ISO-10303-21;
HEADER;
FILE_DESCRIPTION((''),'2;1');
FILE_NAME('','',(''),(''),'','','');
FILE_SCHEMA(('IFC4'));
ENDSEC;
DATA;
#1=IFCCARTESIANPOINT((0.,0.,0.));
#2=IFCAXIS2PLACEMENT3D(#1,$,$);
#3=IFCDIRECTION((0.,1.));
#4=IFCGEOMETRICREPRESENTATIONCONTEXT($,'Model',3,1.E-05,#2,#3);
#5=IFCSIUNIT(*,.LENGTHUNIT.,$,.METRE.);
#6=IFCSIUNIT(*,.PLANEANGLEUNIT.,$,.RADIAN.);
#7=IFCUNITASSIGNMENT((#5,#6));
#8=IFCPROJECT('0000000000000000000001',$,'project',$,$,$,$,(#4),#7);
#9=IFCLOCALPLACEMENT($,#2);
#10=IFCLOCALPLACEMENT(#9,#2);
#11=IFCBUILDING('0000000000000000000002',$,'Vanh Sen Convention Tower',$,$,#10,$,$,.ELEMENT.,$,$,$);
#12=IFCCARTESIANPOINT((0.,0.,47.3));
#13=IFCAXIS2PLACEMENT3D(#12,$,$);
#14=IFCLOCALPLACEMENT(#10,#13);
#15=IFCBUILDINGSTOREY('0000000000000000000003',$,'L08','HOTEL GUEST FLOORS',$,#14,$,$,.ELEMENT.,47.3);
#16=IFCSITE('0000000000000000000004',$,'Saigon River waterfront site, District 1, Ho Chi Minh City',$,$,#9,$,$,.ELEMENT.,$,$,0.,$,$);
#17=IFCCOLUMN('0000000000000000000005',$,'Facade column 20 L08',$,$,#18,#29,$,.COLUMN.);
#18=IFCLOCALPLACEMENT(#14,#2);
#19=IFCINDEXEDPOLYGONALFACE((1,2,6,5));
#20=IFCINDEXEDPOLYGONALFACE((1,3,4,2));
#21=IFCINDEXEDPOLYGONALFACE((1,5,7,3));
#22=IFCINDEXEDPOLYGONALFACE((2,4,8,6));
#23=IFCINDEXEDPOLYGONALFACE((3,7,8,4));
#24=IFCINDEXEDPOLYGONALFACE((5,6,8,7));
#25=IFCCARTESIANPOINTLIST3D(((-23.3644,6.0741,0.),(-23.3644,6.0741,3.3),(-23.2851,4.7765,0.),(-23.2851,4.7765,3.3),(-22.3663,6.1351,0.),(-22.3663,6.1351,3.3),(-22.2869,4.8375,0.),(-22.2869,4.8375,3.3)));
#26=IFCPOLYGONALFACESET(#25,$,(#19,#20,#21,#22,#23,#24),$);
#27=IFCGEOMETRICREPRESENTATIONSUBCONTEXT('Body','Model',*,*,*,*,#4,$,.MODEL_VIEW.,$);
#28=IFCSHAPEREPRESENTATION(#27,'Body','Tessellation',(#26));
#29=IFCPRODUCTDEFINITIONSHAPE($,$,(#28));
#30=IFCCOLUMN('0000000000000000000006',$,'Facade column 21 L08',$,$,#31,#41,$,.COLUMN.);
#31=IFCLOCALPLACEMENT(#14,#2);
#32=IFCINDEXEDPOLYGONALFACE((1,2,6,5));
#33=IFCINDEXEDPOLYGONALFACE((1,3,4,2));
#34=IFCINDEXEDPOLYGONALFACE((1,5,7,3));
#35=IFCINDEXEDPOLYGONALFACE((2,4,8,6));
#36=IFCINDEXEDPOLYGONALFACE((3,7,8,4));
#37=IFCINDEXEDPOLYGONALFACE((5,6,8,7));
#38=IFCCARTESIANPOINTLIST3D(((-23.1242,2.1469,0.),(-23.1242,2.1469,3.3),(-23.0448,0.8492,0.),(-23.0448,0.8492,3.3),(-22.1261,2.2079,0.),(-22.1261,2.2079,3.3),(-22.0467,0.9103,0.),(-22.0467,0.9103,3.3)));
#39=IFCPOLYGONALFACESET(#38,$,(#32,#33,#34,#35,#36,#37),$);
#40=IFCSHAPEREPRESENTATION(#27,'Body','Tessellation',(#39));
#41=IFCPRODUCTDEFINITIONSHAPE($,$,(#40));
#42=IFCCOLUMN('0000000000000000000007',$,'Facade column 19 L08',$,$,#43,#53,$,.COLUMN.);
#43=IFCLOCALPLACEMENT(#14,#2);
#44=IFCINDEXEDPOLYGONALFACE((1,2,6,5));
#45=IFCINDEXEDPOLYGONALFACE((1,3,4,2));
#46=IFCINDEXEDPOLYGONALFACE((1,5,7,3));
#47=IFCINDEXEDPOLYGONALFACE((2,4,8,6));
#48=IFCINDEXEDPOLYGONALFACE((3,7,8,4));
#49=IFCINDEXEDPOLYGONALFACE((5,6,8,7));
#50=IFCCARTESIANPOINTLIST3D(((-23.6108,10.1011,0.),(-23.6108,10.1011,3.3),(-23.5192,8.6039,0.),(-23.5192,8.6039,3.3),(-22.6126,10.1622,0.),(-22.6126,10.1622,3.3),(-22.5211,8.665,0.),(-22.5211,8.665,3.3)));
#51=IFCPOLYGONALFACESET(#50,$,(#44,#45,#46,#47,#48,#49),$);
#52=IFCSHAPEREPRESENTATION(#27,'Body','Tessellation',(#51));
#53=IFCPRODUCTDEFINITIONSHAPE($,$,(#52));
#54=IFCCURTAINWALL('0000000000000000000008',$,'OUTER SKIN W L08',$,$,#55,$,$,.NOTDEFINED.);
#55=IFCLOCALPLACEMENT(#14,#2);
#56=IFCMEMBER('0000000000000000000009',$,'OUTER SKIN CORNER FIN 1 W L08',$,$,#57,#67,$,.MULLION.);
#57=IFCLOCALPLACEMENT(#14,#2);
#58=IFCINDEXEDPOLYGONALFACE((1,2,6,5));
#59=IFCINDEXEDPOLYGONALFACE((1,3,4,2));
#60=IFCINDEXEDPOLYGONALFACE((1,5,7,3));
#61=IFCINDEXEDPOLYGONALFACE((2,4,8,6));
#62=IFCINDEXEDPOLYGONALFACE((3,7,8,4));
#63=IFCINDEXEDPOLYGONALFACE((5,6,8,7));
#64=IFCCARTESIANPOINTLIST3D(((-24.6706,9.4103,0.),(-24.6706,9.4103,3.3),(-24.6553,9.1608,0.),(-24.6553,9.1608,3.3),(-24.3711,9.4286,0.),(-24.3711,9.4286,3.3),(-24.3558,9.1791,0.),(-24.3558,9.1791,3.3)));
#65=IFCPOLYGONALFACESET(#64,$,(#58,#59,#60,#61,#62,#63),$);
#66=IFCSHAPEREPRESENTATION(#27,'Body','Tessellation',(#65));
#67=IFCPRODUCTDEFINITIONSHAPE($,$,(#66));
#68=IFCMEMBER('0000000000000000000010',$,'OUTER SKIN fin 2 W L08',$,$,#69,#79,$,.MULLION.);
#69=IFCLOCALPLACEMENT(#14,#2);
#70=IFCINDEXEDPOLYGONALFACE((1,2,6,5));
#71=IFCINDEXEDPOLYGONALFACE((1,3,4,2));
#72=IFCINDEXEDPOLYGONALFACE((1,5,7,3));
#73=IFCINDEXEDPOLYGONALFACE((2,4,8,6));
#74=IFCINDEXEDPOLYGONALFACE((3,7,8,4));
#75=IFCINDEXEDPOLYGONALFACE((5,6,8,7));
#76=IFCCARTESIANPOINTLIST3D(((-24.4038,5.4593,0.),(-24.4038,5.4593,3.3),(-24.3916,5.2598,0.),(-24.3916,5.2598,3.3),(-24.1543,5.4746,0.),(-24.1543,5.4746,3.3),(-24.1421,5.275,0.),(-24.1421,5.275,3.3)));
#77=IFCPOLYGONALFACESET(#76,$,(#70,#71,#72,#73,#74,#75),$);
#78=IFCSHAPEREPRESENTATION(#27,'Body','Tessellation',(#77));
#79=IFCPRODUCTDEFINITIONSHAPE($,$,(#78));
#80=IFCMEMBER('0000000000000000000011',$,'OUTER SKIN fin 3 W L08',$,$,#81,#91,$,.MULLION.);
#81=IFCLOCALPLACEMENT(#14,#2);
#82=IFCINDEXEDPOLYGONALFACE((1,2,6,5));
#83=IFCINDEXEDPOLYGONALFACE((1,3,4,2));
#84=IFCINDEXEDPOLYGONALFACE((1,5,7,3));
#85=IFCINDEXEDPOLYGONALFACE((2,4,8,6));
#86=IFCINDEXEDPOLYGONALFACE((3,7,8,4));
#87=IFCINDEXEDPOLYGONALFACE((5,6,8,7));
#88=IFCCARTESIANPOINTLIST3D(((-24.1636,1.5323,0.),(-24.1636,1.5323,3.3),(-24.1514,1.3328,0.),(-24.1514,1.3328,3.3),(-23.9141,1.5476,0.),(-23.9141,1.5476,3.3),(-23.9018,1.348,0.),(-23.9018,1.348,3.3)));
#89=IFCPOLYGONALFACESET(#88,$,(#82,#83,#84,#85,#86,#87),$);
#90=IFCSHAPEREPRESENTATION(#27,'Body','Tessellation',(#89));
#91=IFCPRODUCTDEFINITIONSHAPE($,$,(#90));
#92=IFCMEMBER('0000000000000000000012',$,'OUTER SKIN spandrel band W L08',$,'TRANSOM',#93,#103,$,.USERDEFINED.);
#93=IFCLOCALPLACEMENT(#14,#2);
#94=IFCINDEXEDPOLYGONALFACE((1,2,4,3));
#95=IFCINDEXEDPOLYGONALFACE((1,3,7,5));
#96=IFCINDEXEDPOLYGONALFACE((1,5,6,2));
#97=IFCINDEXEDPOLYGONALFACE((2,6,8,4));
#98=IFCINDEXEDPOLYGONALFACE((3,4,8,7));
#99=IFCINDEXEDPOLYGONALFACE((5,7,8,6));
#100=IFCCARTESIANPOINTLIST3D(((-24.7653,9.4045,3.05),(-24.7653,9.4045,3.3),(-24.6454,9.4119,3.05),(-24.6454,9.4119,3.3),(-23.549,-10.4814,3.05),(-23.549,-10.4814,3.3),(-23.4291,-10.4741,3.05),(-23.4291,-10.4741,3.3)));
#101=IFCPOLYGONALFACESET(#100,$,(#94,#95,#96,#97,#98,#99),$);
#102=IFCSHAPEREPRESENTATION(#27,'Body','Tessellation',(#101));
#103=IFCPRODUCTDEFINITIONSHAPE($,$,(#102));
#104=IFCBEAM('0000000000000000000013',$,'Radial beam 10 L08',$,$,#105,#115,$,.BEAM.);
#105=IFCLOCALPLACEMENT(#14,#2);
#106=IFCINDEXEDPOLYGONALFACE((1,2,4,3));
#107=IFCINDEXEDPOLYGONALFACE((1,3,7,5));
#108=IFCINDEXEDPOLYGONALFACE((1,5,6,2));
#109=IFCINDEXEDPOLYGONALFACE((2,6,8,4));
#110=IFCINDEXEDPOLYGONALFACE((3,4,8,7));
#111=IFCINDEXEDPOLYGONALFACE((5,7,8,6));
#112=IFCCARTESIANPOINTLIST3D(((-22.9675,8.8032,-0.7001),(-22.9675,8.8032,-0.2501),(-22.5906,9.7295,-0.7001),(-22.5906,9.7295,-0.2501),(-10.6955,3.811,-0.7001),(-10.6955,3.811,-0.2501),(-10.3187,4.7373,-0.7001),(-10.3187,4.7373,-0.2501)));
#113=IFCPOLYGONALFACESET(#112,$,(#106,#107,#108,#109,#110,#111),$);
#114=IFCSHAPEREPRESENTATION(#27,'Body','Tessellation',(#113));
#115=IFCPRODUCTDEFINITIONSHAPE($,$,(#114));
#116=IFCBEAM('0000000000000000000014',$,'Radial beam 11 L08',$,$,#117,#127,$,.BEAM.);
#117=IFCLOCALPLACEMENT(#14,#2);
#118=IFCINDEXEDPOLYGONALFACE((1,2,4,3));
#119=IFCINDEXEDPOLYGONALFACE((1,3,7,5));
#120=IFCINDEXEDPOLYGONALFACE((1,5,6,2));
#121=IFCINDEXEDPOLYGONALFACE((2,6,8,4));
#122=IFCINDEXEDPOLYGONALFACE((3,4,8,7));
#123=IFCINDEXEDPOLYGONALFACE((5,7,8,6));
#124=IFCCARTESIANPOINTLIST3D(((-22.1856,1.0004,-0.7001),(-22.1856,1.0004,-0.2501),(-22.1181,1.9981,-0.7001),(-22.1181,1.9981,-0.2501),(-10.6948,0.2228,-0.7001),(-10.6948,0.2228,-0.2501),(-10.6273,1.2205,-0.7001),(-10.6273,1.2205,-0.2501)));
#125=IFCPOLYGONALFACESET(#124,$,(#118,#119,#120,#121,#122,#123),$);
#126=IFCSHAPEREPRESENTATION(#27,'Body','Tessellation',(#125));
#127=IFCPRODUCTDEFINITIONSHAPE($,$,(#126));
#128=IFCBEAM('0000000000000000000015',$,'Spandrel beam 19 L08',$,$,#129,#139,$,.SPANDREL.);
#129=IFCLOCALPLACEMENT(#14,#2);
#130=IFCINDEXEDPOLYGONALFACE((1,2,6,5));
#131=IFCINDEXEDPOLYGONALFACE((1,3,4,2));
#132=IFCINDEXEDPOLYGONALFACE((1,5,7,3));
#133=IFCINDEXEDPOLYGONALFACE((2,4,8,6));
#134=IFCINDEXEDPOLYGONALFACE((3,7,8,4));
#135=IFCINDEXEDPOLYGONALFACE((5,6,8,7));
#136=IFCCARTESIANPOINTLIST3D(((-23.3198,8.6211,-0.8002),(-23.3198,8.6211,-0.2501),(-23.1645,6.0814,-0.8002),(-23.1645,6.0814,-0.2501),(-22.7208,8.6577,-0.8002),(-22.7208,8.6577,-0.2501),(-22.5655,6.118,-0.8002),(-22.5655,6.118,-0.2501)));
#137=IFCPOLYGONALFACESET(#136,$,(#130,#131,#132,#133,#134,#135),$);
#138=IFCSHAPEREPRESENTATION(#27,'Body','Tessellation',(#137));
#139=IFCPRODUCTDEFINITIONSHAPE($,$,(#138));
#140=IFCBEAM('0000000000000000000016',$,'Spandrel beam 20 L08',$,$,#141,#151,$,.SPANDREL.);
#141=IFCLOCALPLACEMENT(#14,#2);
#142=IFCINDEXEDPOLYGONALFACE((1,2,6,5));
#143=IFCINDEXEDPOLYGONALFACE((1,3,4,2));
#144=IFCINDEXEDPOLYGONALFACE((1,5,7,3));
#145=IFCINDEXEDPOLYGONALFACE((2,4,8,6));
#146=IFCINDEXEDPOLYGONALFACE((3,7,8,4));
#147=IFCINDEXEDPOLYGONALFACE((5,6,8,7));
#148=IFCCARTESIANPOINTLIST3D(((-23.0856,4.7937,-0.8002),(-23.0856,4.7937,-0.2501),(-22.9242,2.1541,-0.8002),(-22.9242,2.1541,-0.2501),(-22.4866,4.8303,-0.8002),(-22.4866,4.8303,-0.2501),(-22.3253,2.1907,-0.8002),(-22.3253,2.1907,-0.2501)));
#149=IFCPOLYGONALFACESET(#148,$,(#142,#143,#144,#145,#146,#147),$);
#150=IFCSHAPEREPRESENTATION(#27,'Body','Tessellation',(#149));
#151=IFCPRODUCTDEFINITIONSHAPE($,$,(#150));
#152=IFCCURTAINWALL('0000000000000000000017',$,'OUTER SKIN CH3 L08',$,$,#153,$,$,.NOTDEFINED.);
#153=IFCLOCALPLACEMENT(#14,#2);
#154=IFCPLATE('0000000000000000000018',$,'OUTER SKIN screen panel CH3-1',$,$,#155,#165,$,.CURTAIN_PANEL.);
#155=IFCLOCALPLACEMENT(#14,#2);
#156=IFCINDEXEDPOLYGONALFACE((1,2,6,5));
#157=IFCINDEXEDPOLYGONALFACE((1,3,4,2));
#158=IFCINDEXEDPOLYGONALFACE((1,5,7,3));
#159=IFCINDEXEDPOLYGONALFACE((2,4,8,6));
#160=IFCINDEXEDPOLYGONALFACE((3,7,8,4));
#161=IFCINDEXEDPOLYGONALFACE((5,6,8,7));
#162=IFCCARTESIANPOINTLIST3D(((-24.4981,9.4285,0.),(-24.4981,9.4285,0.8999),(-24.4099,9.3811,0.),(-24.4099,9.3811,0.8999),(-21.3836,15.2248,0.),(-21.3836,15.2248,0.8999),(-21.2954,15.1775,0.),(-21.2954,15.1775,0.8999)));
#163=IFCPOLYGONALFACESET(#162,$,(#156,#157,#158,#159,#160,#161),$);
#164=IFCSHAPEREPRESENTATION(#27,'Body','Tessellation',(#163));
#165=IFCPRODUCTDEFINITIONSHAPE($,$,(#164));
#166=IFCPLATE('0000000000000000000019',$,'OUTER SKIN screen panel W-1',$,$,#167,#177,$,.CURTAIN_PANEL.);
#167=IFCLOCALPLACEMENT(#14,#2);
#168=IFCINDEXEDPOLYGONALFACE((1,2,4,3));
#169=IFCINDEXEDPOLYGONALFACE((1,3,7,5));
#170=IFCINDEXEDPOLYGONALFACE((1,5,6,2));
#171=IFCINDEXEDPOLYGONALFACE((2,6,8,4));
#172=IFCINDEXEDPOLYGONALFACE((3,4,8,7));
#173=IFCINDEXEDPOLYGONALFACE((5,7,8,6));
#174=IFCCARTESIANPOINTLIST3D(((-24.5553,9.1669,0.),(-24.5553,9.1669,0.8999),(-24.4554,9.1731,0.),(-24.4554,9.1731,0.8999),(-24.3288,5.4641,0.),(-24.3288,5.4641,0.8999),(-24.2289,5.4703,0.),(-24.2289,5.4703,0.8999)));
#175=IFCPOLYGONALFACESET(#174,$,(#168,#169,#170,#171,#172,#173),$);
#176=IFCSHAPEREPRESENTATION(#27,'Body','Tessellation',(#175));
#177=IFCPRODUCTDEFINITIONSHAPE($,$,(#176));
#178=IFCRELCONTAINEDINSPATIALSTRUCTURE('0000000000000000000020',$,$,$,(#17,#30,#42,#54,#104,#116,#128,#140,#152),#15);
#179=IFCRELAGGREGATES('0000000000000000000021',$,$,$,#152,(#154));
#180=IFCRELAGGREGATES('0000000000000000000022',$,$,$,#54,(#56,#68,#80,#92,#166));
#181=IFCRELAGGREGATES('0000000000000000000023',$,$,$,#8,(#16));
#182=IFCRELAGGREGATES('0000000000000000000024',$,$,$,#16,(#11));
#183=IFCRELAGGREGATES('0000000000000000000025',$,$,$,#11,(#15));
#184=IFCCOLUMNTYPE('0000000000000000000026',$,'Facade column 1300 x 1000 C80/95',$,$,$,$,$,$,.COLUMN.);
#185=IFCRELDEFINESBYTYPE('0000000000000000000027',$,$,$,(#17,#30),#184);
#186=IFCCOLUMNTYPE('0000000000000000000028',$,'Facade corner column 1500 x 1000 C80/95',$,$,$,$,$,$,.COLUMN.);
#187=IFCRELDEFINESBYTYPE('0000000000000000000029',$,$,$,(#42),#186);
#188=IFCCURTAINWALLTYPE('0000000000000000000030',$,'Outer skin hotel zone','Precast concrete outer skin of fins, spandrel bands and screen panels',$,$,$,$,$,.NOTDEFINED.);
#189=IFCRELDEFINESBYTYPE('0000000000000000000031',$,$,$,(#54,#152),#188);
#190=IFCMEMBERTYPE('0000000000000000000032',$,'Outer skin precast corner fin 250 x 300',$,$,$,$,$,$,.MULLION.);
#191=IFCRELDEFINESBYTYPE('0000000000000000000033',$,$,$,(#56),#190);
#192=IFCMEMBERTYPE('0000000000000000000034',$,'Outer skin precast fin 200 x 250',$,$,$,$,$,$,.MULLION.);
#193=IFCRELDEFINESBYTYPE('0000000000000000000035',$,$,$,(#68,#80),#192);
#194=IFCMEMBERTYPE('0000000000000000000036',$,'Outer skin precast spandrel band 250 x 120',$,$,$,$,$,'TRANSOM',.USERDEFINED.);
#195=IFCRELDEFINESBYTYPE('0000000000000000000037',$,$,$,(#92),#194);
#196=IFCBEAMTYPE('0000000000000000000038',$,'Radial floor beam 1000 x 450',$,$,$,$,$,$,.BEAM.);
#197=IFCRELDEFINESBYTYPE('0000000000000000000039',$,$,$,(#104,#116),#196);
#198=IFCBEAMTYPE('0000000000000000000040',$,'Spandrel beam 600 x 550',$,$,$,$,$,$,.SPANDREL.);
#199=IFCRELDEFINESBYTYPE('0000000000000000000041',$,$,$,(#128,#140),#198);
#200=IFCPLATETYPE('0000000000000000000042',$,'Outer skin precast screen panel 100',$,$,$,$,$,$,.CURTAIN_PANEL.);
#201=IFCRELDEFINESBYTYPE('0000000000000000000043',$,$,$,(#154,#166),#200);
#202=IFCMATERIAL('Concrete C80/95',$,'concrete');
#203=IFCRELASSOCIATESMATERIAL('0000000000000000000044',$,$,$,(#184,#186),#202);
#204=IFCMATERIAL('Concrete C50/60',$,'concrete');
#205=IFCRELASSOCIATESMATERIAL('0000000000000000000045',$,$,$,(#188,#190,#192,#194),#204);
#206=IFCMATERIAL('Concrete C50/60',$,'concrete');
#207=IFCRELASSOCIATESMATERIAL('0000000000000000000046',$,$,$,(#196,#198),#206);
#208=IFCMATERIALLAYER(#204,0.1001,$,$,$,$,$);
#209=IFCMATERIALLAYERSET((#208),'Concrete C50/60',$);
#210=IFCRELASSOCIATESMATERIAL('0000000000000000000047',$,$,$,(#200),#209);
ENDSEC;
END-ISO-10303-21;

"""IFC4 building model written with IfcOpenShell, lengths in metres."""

from ifc_helpers import new_model, si_unit, direction, frame, origin, origin_2d, place, context, subcontext, project, spatial, rectangle, extrude, material, layer, layer_set, material_profile, profile_set, type_object, element, aggregate, save


model = new_model("IFC4")

# Units and contexts
model_context = context("Model", 3, precision=1e-05, world=origin(), true_north=direction((0.0, 1.0)))
body_context = subcontext(model_context, "Body", "Model", "MODEL_VIEW")
ifc_project = project(units=[si_unit("LENGTHUNIT", "METRE"), si_unit("PLANEANGLEUNIT", "RADIAN")], contexts=[model_context])

# Site, building, storey
site_placement = place(None, origin())
site = spatial("IfcSite", under=ifc_project, at=site_placement, Name="Saigon River waterfront site, District 1, Ho Chi Minh City", CompositionType="ELEMENT", RefElevation=0.0)
building_placement = place(site_placement, origin())
building = spatial("IfcBuilding", under=site, at=building_placement, Name="Vanh Sen Convention Tower", CompositionType="ELEMENT")
storey_placement = place(building_placement, frame((0.0, 0.0, 47.3)))
storey = spatial("IfcBuildingStorey", under=building, at=storey_placement, Name="L08", Description="HOTEL GUEST FLOORS", CompositionType="ELEMENT", Elevation=47.3)

# Columns
ifc_material_1 = material(Name="Concrete C80/95", Category="concrete")
ifc_material_profile_1 = material_profile(ifc_material_1, rectangle(XDim=1.3, YDim=1.0, at=origin_2d()), Name="RC 1300X1000")
ifc_profile_set_1 = profile_set([ifc_material_profile_1], Name="Concrete C80/95")
column_type_1 = type_object("IfcColumnType", Name="Facade column 1300 x 1000 C80/95", PredefinedType="COLUMN", material=ifc_profile_set_1)
for number, where, z_axis, x_axis, name in (
    (1, (-22.8257, 5.4558, 0.0), (0.0, 0.0, 1.0), (0.061049, -0.998135, 0.0), "Facade column 20 L08"),
    (2, (-22.5854, 1.5286, 0.0), (0.0, 0.0, 1.0), (0.061049, -0.998135, 0.0), "Facade column 21 L08"),
):
    element("IfcColumn", number, at=place(storey_placement, frame(where, z_axis=z_axis, x_axis=x_axis)), inside=storey, type_object=column_type_1, Name=name, PredefinedType="COLUMN", context=body_context, shape_type="SweptSolid", body=[
        extrude(rectangle(XDim=1.3, YDim=1.0, at=origin_2d()), origin(), (0.0, 0.0, 1.0), 3.3),
    ])
ifc_material_profile_2 = material_profile(ifc_material_1, rectangle(XDim=1.5, YDim=1.0, at=origin_2d()), Name="RC 1500X1000")
ifc_profile_set_2 = profile_set([ifc_material_profile_2], Name="Concrete C80/95")
column_type_2 = type_object("IfcColumnType", Name="Facade corner column 1500 x 1000 C80/95", PredefinedType="COLUMN", material=ifc_profile_set_2)
column_placement = place(storey_placement, frame((-23.0659, 9.3831, 0.0), z_axis=(0.0, 0.0, 1.0), x_axis=(0.061049, -0.998135, 0.0)))
element("IfcColumn", 3, at=column_placement, inside=storey, type_object=column_type_2, Name="Facade column 19 L08", PredefinedType="COLUMN", context=body_context, shape_type="SweptSolid", body=[
    extrude(rectangle(XDim=1.5, YDim=1.0, at=origin_2d()), origin(), (0.0, 0.0, 1.0), 3.3),
])

# Curtain wall, members
ifc_material_2 = material(Name="Concrete C50/60", Category="concrete")
curtain_wall_type = type_object("IfcCurtainWallType", Name="Outer skin hotel zone", Description="Precast concrete outer skin of fins, spandrel bands and screen panels", PredefinedType="NOTDEFINED", material=ifc_material_2)
curtain_wall_1_placement = place(storey_placement, origin())
curtain_wall_1 = element("IfcCurtainWall", 4, at=curtain_wall_1_placement, inside=storey, type_object=curtain_wall_type, Name="OUTER SKIN W L08", PredefinedType="NOTDEFINED")
ifc_material_profile_3 = material_profile(ifc_material_2, rectangle(XDim=0.25, YDim=0.3, at=origin_2d()), Name="Outer skin precast corner fin 250 x 300")
ifc_profile_set_3 = profile_set([ifc_material_profile_3], Name="Concrete C50/60")
member_type_1 = type_object("IfcMemberType", Name="Outer skin precast corner fin 250 x 300", PredefinedType="MULLION", material=ifc_profile_set_3)
member_1_placement = place(storey_placement, frame((-24.5132, 9.2947, 0.0), z_axis=(0.0, 0.0, 1.0), x_axis=(0.061049, -0.998135, 0.0)))
member_1 = element("IfcMember", 5, at=member_1_placement, type_object=member_type_1, Name="OUTER SKIN CORNER FIN 1 W L08", PredefinedType="MULLION", context=body_context, shape_type="SweptSolid", body=[
    extrude(rectangle(XDim=0.25, YDim=0.3, at=origin_2d()), origin(), (0.0, 0.0, 1.0), 3.3),
])
ifc_material_profile_4 = material_profile(ifc_material_2, rectangle(XDim=0.2, YDim=0.25, at=origin_2d()), Name="Outer skin precast fin 200 x 250")
ifc_profile_set_4 = profile_set([ifc_material_profile_4], Name="Concrete C50/60")
member_type_2 = type_object("IfcMemberType", Name="Outer skin precast fin 200 x 250", PredefinedType="MULLION", material=ifc_profile_set_4)
member_2_placement = place(storey_placement, frame((-24.2729, 5.3672, 0.0), z_axis=(0.0, 0.0, 1.0), x_axis=(0.061049, -0.998135, 0.0)))
member_2 = element("IfcMember", 6, at=member_2_placement, type_object=member_type_2, Name="OUTER SKIN fin 2 W L08", PredefinedType="MULLION", context=body_context, shape_type="SweptSolid", body=[
    extrude(rectangle(XDim=0.2, YDim=0.25, at=origin_2d()), origin(), (0.0, 0.0, 1.0), 3.3),
])
member_3_placement = place(storey_placement, frame((-24.0327, 1.4402, 0.0), z_axis=(0.0, 0.0, 1.0), x_axis=(0.061049, -0.998135, 0.0)))
member_3 = element("IfcMember", 7, at=member_3_placement, type_object=member_type_2, Name="OUTER SKIN fin 3 W L08", PredefinedType="MULLION", context=body_context, shape_type="SweptSolid", body=[
    extrude(rectangle(XDim=0.2, YDim=0.25, at=origin_2d()), origin(), (0.0, 0.0, 1.0), 3.3),
])
ifc_material_profile_5 = material_profile(ifc_material_2, rectangle(XDim=0.1201, YDim=0.25, at=origin_2d()), Name="Outer skin precast spandrel band 250 x 120")
ifc_profile_set_5 = profile_set([ifc_material_profile_5], Name="Concrete C50/60")
member_type_3 = type_object("IfcMemberType", Name="Outer skin precast spandrel band 250 x 120", ElementType="TRANSOM", PredefinedType="USERDEFINED", material=ifc_profile_set_5)
member_4_placement = place(storey_placement, frame((-24.7053, 9.4082, 3.175), z_axis=(0.06105, -0.998135, 0.0), x_axis=(0.998135, 0.06105, 0.0)))
member_4 = element("IfcMember", 8, at=member_4_placement, type_object=member_type_3, Name="OUTER SKIN spandrel band W L08", ObjectType="TRANSOM", PredefinedType="USERDEFINED", context=body_context, shape_type="SweptSolid", body=[
    extrude(rectangle(XDim=0.1201, YDim=0.25, at=origin_2d()), origin(), (0.0, 0.0, 1.0), 19.9231),
])

# Beams
ifc_material_3 = material(Name="Concrete C50/60", Category="concrete")
ifc_material_profile_6 = material_profile(ifc_material_3, rectangle(XDim=1.0, YDim=0.45, at=origin_2d()), Name="RC 1000X450")
ifc_profile_set_6 = profile_set([ifc_material_profile_6], Name="Concrete C50/60")
beam_type_1 = type_object("IfcBeamType", Name="Radial floor beam 1000 x 450", PredefinedType="BEAM", material=ifc_profile_set_6)
beam_1_placement = place(storey_placement, frame((-22.7791, 9.2664, -0.4751), z_axis=(0.92629, -0.376811, 0.0), x_axis=(0.376811, 0.92629, 0.0)))
element("IfcBeam", 9, at=beam_1_placement, inside=storey, type_object=beam_type_1, Name="Radial beam 10 L08", PredefinedType="BEAM", context=body_context, shape_type="SweptSolid", body=[
    extrude(rectangle(XDim=1.0, YDim=0.45, at=origin_2d()), origin(), (0.0, 0.0, 1.0), 13.2485),
])
beam_2_placement = place(storey_placement, frame((-22.1519, 1.4993, -0.4751), z_axis=(0.997718, -0.067517, 0.0), x_axis=(0.067517, 0.997718, 0.0)))
element("IfcBeam", 10, at=beam_2_placement, inside=storey, type_object=beam_type_1, Name="Radial beam 11 L08", PredefinedType="BEAM", context=body_context, shape_type="SweptSolid", body=[
    extrude(rectangle(XDim=1.0, YDim=0.45, at=origin_2d()), origin(), (0.0, 0.0, 1.0), 11.5171),
])
ifc_material_profile_7 = material_profile(ifc_material_3, rectangle(XDim=0.6001, YDim=0.55, at=origin_2d()), Name="RC 600X550")
ifc_profile_set_7 = profile_set([ifc_material_profile_7], Name="Concrete C50/60")
beam_type_2 = type_object("IfcBeamType", Name="Spandrel beam 600 x 550", PredefinedType="SPANDREL", material=ifc_profile_set_7)
beam_3_placement = place(storey_placement, frame((-23.0203, 8.6394, -0.5251), z_axis=(0.061022, -0.998136, 0.0), x_axis=(0.998136, 0.061022, 0.0)))
element("IfcBeam", 11, at=beam_3_placement, inside=storey, type_object=beam_type_2, Name="Spandrel beam 19 L08", PredefinedType="SPANDREL", context=body_context, shape_type="SweptSolid", body=[
    extrude(rectangle(XDim=0.6001, YDim=0.55, at=origin_2d()), origin(), (0.0, 0.0, 1.0), 2.5444),
])
beam_4_placement = place(storey_placement, frame((-22.7861, 4.812, -0.5251), z_axis=(0.061022, -0.998136, 0.0), x_axis=(0.998136, 0.061022, 0.0)))
element("IfcBeam", 12, at=beam_4_placement, inside=storey, type_object=beam_type_2, Name="Spandrel beam 20 L08", PredefinedType="SPANDREL", context=body_context, shape_type="SweptSolid", body=[
    extrude(rectangle(XDim=0.6001, YDim=0.55, at=origin_2d()), origin(), (0.0, 0.0, 1.0), 2.6445),
])

# Curtain wall, plate
curtain_wall_2_placement = place(storey_placement, origin())
curtain_wall_2 = element("IfcCurtainWall", 13, at=curtain_wall_2_placement, inside=storey, type_object=curtain_wall_type, Name="OUTER SKIN CH3 L08", PredefinedType="NOTDEFINED")
ifc_layer_1 = layer(ifc_material_2, 0.1001)
ifc_layer_set_1 = layer_set([ifc_layer_1], Name="Concrete C50/60")
plate_type = type_object("IfcPlateType", Name="Outer skin precast screen panel 100", PredefinedType="CURTAIN_PANEL", material=ifc_layer_set_1)
plate_1_placement = place(storey_placement, frame((-22.8967, 12.303, 0.0), z_axis=(0.0, 0.0, 1.0), x_axis=(-0.473318, -0.880892, 0.0)))
plate_1 = element("IfcPlate", 14, at=plate_1_placement, type_object=plate_type, Name="OUTER SKIN screen panel CH3-1", PredefinedType="CURTAIN_PANEL", context=body_context, shape_type="SweptSolid", body=[
    extrude(rectangle(XDim=6.5801, YDim=0.1001, at=origin_2d()), origin(), (0.0, 0.0, 1.0), 0.8999),
])
aggregate(curtain_wall_2, [plate_1])

# Plate
plate_2_placement = place(storey_placement, frame((-24.3921, 7.3186, 0.0), z_axis=(0.0, 0.0, 1.0), x_axis=(0.061047, -0.998135, 0.0)))
plate_2 = element("IfcPlate", 15, at=plate_2_placement, type_object=plate_type, Name="OUTER SKIN screen panel W-1", PredefinedType="CURTAIN_PANEL", context=body_context, shape_type="SweptSolid", body=[
    extrude(rectangle(XDim=3.7097, YDim=0.1001, at=origin_2d()), origin(), (0.0, 0.0, 1.0), 0.8999),
])
aggregate(curtain_wall_1, [member_1, member_2, member_3, member_4, plate_2])

save(model, "model.ifc")
